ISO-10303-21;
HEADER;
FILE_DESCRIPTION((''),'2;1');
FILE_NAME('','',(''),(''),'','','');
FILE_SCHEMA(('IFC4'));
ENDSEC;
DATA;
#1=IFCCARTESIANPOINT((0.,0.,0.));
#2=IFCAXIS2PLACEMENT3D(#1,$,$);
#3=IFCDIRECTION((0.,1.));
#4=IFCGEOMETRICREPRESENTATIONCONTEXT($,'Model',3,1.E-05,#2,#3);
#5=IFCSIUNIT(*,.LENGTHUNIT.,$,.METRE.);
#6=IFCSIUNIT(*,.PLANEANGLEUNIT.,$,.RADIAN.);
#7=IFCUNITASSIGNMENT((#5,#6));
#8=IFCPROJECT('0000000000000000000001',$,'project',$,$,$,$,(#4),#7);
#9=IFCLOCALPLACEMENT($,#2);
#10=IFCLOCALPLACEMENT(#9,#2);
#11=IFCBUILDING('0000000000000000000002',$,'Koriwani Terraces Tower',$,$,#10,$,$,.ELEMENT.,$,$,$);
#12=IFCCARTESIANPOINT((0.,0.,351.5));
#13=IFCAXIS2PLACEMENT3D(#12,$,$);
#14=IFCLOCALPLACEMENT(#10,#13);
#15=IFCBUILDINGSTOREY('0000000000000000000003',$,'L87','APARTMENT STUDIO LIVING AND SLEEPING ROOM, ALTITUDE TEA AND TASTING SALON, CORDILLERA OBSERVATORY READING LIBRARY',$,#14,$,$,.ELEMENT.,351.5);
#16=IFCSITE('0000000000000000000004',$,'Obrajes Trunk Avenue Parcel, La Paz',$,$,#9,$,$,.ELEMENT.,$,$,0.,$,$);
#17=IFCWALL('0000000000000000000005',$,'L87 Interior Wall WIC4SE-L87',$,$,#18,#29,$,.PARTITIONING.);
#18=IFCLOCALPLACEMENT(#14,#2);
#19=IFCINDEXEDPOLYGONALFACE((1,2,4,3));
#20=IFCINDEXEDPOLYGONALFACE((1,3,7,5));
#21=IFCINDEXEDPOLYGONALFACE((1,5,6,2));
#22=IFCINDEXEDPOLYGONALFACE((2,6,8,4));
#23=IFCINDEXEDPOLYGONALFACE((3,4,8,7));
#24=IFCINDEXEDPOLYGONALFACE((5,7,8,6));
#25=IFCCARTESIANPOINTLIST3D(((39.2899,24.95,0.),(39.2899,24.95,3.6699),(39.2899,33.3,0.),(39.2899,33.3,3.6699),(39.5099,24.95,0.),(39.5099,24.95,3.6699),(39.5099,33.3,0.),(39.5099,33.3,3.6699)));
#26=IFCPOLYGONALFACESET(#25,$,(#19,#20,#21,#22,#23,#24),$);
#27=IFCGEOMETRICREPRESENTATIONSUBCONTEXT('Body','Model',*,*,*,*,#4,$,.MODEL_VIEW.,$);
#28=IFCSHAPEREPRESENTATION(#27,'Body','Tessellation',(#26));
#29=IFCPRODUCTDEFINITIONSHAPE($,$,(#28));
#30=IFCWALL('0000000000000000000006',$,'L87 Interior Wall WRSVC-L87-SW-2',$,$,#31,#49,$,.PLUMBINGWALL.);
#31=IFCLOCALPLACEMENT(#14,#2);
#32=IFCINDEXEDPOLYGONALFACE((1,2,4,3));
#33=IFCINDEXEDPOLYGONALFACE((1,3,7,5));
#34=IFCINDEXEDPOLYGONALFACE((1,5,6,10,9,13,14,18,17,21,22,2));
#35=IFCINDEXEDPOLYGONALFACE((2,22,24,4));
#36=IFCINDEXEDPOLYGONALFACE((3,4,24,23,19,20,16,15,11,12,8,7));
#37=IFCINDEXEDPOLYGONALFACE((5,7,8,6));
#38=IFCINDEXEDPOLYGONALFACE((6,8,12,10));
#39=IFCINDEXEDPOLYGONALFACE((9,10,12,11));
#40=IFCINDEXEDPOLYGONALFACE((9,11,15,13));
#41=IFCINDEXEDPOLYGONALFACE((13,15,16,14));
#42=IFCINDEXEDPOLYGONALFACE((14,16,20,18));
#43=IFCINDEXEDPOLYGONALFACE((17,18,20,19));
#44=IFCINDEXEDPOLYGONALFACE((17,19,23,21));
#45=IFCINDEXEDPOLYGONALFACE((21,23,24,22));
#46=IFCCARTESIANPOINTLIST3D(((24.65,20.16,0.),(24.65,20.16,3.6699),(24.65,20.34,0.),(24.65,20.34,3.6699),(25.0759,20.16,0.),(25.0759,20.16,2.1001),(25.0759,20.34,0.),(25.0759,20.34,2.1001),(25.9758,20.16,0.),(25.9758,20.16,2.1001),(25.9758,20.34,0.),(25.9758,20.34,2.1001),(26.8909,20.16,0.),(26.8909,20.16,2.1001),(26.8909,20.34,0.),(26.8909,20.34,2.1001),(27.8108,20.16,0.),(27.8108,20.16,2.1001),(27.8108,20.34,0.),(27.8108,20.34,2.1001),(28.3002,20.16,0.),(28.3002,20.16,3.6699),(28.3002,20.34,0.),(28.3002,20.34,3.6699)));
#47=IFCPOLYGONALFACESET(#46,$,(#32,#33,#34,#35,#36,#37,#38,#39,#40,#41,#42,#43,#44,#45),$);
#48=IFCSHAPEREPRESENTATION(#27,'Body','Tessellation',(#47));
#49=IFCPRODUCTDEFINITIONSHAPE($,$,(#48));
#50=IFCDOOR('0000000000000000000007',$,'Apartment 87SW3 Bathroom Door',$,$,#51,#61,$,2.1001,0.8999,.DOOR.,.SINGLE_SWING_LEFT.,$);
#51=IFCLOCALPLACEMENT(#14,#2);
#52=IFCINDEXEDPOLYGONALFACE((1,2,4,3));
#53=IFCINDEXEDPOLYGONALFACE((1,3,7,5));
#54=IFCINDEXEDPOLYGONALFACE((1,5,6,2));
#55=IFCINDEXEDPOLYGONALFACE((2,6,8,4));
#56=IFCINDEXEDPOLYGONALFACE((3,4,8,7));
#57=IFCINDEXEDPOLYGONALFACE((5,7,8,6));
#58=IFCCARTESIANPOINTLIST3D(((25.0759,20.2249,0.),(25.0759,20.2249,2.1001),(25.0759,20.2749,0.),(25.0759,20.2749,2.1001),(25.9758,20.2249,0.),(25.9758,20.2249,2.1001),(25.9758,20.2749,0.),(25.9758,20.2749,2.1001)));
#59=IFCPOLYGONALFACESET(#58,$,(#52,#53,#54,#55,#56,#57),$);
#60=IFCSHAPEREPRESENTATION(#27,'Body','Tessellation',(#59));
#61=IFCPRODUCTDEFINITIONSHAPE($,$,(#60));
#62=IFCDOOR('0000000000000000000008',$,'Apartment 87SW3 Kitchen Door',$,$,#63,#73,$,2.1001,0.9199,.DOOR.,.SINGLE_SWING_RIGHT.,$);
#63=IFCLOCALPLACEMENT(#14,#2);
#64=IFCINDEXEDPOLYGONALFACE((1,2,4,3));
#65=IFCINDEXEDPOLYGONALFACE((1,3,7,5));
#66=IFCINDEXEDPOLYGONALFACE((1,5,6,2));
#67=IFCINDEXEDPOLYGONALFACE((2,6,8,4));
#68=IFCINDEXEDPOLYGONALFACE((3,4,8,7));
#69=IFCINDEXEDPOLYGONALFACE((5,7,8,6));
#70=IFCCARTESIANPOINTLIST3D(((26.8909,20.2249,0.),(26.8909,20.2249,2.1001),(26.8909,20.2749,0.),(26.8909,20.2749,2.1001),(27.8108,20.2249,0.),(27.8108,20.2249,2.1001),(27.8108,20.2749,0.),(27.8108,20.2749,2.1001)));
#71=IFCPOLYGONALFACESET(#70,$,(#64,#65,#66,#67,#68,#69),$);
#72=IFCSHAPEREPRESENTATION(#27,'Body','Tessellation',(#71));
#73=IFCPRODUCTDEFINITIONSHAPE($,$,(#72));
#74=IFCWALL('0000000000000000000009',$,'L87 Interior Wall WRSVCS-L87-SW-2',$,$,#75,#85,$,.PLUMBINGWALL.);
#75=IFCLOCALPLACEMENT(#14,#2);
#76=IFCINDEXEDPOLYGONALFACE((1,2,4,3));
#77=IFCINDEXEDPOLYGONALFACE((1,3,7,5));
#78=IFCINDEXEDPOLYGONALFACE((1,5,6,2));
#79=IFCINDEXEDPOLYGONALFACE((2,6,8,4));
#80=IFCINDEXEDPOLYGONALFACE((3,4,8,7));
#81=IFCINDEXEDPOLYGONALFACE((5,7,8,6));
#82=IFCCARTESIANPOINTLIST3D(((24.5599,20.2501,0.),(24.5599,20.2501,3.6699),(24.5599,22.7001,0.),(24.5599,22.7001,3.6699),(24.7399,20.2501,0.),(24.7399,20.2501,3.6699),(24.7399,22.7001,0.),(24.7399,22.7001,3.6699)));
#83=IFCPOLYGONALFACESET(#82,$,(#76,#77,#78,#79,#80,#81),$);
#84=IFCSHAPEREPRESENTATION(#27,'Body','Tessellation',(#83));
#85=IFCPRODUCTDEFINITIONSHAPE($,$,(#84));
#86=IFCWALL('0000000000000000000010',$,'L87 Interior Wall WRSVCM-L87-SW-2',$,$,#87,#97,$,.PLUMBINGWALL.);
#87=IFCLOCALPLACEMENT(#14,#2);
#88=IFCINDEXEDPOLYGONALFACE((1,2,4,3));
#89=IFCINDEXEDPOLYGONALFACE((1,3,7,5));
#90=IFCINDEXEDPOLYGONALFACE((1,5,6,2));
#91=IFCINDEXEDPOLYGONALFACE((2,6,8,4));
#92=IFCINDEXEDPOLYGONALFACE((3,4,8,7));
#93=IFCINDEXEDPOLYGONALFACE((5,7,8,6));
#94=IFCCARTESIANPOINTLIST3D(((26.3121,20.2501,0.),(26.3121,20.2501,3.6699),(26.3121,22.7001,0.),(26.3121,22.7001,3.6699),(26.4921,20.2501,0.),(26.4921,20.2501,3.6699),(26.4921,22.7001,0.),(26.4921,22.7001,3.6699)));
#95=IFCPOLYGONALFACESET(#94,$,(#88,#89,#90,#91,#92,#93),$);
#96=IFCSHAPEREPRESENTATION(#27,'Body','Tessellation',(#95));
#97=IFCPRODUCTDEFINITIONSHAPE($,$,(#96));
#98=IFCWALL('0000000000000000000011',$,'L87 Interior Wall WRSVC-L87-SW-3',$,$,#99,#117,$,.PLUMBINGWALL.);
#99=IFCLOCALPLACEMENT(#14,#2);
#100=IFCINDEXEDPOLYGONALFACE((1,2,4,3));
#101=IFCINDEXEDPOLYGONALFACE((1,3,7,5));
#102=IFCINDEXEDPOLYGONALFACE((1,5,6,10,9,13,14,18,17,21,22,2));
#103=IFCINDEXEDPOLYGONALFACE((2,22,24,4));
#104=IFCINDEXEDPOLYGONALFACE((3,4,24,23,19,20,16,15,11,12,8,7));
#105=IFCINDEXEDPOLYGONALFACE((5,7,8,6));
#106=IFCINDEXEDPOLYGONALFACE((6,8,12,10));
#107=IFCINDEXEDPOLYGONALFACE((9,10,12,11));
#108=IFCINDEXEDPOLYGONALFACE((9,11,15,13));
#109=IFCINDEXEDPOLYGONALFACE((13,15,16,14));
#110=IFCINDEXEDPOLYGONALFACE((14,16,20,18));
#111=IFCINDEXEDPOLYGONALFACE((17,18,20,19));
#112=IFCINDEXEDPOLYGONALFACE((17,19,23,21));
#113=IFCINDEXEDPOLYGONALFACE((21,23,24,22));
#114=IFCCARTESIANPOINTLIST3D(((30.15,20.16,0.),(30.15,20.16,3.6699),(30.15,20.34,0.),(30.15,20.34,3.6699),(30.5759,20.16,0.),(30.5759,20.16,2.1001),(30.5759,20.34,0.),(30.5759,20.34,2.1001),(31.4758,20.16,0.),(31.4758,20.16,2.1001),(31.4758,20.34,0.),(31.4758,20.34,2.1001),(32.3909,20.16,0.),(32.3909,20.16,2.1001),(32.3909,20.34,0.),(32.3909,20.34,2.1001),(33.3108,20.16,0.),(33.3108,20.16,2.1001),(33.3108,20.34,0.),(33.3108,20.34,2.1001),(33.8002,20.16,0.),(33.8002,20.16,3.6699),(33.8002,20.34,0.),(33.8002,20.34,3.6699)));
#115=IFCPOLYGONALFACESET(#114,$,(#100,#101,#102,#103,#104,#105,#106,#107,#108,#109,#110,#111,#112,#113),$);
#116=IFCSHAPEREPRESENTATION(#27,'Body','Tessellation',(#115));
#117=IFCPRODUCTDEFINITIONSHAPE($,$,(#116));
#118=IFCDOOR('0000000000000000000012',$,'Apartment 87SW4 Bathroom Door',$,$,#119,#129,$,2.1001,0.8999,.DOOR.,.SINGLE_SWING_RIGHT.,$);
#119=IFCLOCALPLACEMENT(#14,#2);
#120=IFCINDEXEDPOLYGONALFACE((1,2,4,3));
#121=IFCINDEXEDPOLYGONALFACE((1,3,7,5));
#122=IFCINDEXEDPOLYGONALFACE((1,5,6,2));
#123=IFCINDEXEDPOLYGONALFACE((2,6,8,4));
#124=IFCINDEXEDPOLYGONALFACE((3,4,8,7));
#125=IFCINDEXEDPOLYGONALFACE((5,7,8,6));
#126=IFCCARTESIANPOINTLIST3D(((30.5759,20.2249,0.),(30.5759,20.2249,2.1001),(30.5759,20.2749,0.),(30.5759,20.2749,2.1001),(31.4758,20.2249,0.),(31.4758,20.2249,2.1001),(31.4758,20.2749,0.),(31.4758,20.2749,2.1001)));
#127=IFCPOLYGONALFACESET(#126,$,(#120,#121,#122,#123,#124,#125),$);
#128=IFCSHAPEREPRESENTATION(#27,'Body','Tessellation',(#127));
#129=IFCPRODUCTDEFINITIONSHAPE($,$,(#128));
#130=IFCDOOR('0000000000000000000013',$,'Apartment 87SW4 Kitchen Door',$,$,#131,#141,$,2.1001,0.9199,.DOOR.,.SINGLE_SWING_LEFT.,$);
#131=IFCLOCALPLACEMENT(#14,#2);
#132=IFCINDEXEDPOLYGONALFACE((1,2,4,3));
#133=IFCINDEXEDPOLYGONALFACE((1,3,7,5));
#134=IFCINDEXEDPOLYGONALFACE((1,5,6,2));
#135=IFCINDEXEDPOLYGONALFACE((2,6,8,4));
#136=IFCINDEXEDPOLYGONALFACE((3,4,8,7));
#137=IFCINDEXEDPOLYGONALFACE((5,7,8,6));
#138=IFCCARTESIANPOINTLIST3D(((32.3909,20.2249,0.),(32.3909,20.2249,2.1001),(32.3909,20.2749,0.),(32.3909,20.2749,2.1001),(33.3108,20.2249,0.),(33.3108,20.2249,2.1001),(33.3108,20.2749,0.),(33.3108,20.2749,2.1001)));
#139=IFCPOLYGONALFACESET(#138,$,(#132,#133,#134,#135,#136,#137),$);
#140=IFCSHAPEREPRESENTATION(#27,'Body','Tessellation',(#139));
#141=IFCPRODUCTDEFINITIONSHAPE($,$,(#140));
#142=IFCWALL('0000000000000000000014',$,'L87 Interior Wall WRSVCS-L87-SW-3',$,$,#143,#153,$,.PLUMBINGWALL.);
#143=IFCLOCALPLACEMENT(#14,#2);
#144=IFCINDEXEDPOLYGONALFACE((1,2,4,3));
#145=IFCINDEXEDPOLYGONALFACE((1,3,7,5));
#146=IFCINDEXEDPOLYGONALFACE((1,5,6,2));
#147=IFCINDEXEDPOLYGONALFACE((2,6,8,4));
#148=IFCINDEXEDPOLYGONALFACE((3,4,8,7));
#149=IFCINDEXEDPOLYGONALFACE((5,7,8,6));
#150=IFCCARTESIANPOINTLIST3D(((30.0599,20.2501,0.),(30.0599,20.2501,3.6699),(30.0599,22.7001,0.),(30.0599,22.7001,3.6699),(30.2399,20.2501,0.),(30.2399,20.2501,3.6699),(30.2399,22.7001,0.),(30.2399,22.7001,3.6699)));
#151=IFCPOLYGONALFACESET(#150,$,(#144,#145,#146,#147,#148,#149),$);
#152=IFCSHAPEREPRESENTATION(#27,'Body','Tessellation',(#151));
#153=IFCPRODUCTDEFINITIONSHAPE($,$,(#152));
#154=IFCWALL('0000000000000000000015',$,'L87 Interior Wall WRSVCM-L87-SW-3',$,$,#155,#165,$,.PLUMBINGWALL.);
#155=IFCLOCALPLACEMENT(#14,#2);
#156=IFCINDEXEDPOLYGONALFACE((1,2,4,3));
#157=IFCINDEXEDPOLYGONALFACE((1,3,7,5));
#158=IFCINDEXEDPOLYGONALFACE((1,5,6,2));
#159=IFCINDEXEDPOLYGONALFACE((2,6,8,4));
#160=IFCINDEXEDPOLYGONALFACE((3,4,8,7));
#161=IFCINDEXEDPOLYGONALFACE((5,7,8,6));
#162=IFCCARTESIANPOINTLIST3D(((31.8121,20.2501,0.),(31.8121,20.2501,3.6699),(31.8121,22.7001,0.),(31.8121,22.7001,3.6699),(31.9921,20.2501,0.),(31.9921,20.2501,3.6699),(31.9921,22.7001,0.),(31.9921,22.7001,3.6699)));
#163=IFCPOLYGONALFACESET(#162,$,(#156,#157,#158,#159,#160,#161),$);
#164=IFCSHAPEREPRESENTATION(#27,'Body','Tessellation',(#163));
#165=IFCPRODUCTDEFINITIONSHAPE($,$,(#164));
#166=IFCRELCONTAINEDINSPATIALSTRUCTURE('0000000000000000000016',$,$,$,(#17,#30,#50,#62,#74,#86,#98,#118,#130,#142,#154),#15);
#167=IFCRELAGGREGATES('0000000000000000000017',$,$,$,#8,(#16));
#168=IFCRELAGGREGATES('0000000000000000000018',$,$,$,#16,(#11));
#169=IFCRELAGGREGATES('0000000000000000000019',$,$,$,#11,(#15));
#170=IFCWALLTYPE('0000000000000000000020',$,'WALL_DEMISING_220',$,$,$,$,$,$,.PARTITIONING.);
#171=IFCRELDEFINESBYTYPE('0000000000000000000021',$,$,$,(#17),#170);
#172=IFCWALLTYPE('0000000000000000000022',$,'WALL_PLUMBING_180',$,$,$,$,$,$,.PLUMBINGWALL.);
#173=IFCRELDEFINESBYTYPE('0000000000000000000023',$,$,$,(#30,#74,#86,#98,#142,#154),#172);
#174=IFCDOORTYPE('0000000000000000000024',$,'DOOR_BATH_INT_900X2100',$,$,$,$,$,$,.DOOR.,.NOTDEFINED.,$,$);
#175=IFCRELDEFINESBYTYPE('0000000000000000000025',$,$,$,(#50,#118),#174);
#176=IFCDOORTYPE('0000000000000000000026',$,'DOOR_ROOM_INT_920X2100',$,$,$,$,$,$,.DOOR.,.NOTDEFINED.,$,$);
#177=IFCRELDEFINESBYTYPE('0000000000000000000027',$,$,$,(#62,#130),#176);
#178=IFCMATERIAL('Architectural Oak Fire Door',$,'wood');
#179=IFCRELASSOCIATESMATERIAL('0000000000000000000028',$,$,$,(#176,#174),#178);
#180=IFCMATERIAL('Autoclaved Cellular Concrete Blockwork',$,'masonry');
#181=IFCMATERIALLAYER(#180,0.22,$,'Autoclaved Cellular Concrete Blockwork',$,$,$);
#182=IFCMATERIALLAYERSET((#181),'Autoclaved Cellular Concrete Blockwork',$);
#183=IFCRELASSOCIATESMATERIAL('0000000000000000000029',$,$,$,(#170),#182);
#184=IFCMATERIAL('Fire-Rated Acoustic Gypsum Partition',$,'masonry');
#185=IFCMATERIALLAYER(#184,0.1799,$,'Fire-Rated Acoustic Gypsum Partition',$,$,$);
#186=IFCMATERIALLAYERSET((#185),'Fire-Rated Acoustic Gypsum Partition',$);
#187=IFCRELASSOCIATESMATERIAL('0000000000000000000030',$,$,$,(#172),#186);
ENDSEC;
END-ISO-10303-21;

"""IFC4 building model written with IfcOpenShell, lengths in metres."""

from ifc_helpers import new_model, si_unit, direction, frame, frame_2d, origin, place, context, subcontext, project, spatial, rectangle, extrude, material, layer, layer_set, type_object, element, fill, save


model = new_model("IFC4")

# Units and contexts
model_context = context("Model", 3, precision=1e-05, world=origin(), true_north=direction((0.0, 1.0)))
body_context = subcontext(model_context, "Body", "Model", "MODEL_VIEW")
ifc_project = project(units=[si_unit("LENGTHUNIT", "METRE"), si_unit("PLANEANGLEUNIT", "RADIAN")], contexts=[model_context])

# Site, building, storey
site_placement = place(None, origin())
site = spatial("IfcSite", under=ifc_project, at=site_placement, Name="Obrajes Trunk Avenue Parcel, La Paz", CompositionType="ELEMENT", RefElevation=0.0)
building_placement = place(site_placement, origin())
building = spatial("IfcBuilding", under=site, at=building_placement, Name="Koriwani Terraces Tower", CompositionType="ELEMENT")
storey_placement = place(building_placement, frame((0.0, 0.0, 351.5)))
storey = spatial("IfcBuildingStorey", under=building, at=storey_placement, Name="L87", Description="APARTMENT STUDIO LIVING AND SLEEPING ROOM, ALTITUDE TEA AND TASTING SALON, CORDILLERA OBSERVATORY READING LIBRARY", CompositionType="ELEMENT", Elevation=351.5)

# Shared definitions
ifc_material_1 = material(Name="Autoclaved Cellular Concrete Blockwork", Category="masonry")
ifc_material_2 = material(Name="Architectural Oak Fire Door", Category="wood")
door_type_1 = type_object("IfcDoorType", Name="DOOR_ROOM_INT_920X2100", OperationType="NOTDEFINED", PredefinedType="DOOR", material=ifc_material_2)

# Wall
ifc_layer_1 = layer(ifc_material_1, 0.22, Name="Autoclaved Cellular Concrete Blockwork")
ifc_layer_set_1 = layer_set([ifc_layer_1], Name="Autoclaved Cellular Concrete Blockwork")
wall_type_1 = type_object("IfcWallType", Name="WALL_DEMISING_220", PredefinedType="PARTITIONING", material=ifc_layer_set_1)
for number, where, z_axis, x_axis, name in (
    (1, (39.3999, 24.95, 0.0), (0.0, 0.0, 1.0), (0.0, 1.0, 0.0), "L87 Interior Wall WIC4SE-L87"),
):
    element("IfcWall", number, at=place(storey_placement, frame(where, z_axis=z_axis, x_axis=x_axis)), inside=storey, type_object=wall_type_1, Name=name, PredefinedType="PARTITIONING", context=body_context, shape_type="SweptSolid", body=[
        extrude(rectangle(XDim=8.3501, YDim=0.22, at=frame_2d((4.175, 0.0))), origin(), (0.0, 0.0, 1.0), 3.6699),
    ])

# Wall, openings, doors
ifc_material_3 = material(Name="Fire-Rated Acoustic Gypsum Partition", Category="masonry")
ifc_layer_2 = layer(ifc_material_3, 0.1799, Name="Fire-Rated Acoustic Gypsum Partition")
ifc_layer_set_2 = layer_set([ifc_layer_2], Name="Fire-Rated Acoustic Gypsum Partition")
wall_type_2 = type_object("IfcWallType", Name="WALL_PLUMBING_180", PredefinedType="PLUMBINGWALL", material=ifc_layer_set_2)
wall_1_placement = place(storey_placement, frame((24.6499, 20.25, 0.0), z_axis=(0.0, 0.0, 1.0), x_axis=(1.0, 0.0, 0.0)))
wall_1 = element("IfcWall", 2, at=wall_1_placement, inside=storey, type_object=wall_type_2, Name="L87 Interior Wall WRSVC-L87-SW-2", PredefinedType="PLUMBINGWALL", context=body_context, shape_type="SweptSolid", body=[
    extrude(rectangle(XDim=3.6501, YDim=0.1799, at=frame_2d((1.8252, 0.0))), origin(), (0.0, 0.0, 1.0), 3.6699),
])
opening_1_placement = place(wall_1_placement, frame((0.426, 0.0, 0.0)))
opening_1 = element("IfcOpeningElement", 3, at=opening_1_placement, cuts=wall_1, PredefinedType="OPENING", context=body_context, shape_type="SweptSolid", body=[
    extrude(rectangle(XDim=0.8999, YDim=2.1001, at=frame_2d((0.45, 1.05))), frame((0.0, 0.1001, 0.0), z_axis=(0.0, -1.0, 0.0), x_axis=(1.0, 0.0, 0.0)), (0.0, 0.0, 1.0), 0.2),
])
opening_2_placement = place(wall_1_placement, frame((2.241, 0.0, 0.0)))
opening_2 = element("IfcOpeningElement", 4, at=opening_2_placement, cuts=wall_1, PredefinedType="OPENING", context=body_context, shape_type="SweptSolid", body=[
    extrude(rectangle(XDim=0.9199, YDim=2.1001, at=frame_2d((0.46, 1.05))), frame((0.0, 0.1001, 0.0), z_axis=(0.0, -1.0, 0.0), x_axis=(1.0, 0.0, 0.0)), (0.0, 0.0, 1.0), 0.2),
])
door_type_2 = type_object("IfcDoorType", Name="DOOR_BATH_INT_900X2100", OperationType="NOTDEFINED", PredefinedType="DOOR", material=ifc_material_2)
door_1_placement = place(opening_1_placement, origin())
door_1 = element("IfcDoor", 5, at=door_1_placement, inside=storey, type_object=door_type_2, Name="Apartment 87SW3 Bathroom Door", OperationType="SINGLE_SWING_LEFT", OverallHeight=2.1001, OverallWidth=0.8999, PredefinedType="DOOR", context=body_context, shape_type="SweptSolid", body=[
    extrude(rectangle(XDim=0.8999, YDim=2.1001, at=frame_2d((0.45, 1.05))), frame((0.0, 0.0249, 0.0), z_axis=(0.0, -1.0, 0.0), x_axis=(1.0, 0.0, 0.0)), (0.0, 0.0, 1.0), 0.05),
])
fill(opening_1, door_1)
door_2_placement = place(opening_2_placement, origin())
door_2 = element("IfcDoor", 6, at=door_2_placement, inside=storey, type_object=door_type_1, Name="Apartment 87SW3 Kitchen Door", OperationType="SINGLE_SWING_RIGHT", OverallHeight=2.1001, OverallWidth=0.9199, PredefinedType="DOOR", context=body_context, shape_type="SweptSolid", body=[
    extrude(rectangle(XDim=0.9199, YDim=2.1001, at=frame_2d((0.46, 1.05))), frame((0.0, 0.0249, 0.0), z_axis=(0.0, -1.0, 0.0), x_axis=(1.0, 0.0, 0.0)), (0.0, 0.0, 1.0), 0.05),
])
fill(opening_2, door_2)

# Walls
for number, where, z_axis, x_axis, name in (
    (7, (24.6499, 20.25, 0.0), (0.0, 0.0, 1.0), (0.0, 1.0, 0.0), "L87 Interior Wall WRSVCS-L87-SW-2"),
    (8, (26.4021, 20.25, 0.0), (0.0, 0.0, 1.0), (0.0, 1.0, 0.0), "L87 Interior Wall WRSVCM-L87-SW-2"),
):
    element("IfcWall", number, at=place(storey_placement, frame(where, z_axis=z_axis, x_axis=x_axis)), inside=storey, type_object=wall_type_2, Name=name, PredefinedType="PLUMBINGWALL", context=body_context, shape_type="SweptSolid", body=[
        extrude(rectangle(XDim=2.45, YDim=0.1799, at=frame_2d((1.2251, 0.0))), origin(), (0.0, 0.0, 1.0), 3.6699),
    ])

# Wall, openings, doors
wall_2_placement = place(storey_placement, frame((30.1499, 20.25, 0.0), z_axis=(0.0, 0.0, 1.0), x_axis=(1.0, 0.0, 0.0)))
wall_2 = element("IfcWall", 9, at=wall_2_placement, inside=storey, type_object=wall_type_2, Name="L87 Interior Wall WRSVC-L87-SW-3", PredefinedType="PLUMBINGWALL", context=body_context, shape_type="SweptSolid", body=[
    extrude(rectangle(XDim=3.6501, YDim=0.1799, at=frame_2d((1.8252, 0.0))), origin(), (0.0, 0.0, 1.0), 3.6699),
])
opening_3_placement = place(wall_2_placement, frame((0.426, 0.0, 0.0)))
opening_3 = element("IfcOpeningElement", 10, at=opening_3_placement, cuts=wall_2, PredefinedType="OPENING", context=body_context, shape_type="SweptSolid", body=[
    extrude(rectangle(XDim=0.8999, YDim=2.1001, at=frame_2d((0.45, 1.05))), frame((0.0, 0.1001, 0.0), z_axis=(0.0, -1.0, 0.0), x_axis=(1.0, 0.0, 0.0)), (0.0, 0.0, 1.0), 0.2),
])
opening_4_placement = place(wall_2_placement, frame((2.241, 0.0, 0.0)))
opening_4 = element("IfcOpeningElement", 11, at=opening_4_placement, cuts=wall_2, PredefinedType="OPENING", context=body_context, shape_type="SweptSolid", body=[
    extrude(rectangle(XDim=0.9199, YDim=2.1001, at=frame_2d((0.46, 1.05))), frame((0.0, 0.1001, 0.0), z_axis=(0.0, -1.0, 0.0), x_axis=(1.0, 0.0, 0.0)), (0.0, 0.0, 1.0), 0.2),
])
door_3_placement = place(opening_3_placement, origin())
door_3 = element("IfcDoor", 12, at=door_3_placement, inside=storey, type_object=door_type_2, Name="Apartment 87SW4 Bathroom Door", OperationType="SINGLE_SWING_RIGHT", OverallHeight=2.1001, OverallWidth=0.8999, PredefinedType="DOOR", context=body_context, shape_type="SweptSolid", body=[
    extrude(rectangle(XDim=0.8999, YDim=2.1001, at=frame_2d((0.45, 1.05))), frame((0.0, 0.0249, 0.0), z_axis=(0.0, -1.0, 0.0), x_axis=(1.0, 0.0, 0.0)), (0.0, 0.0, 1.0), 0.05),
])
fill(opening_3, door_3)
door_4_placement = place(opening_4_placement, origin())
door_4 = element("IfcDoor", 13, at=door_4_placement, inside=storey, type_object=door_type_1, Name="Apartment 87SW4 Kitchen Door", OperationType="SINGLE_SWING_LEFT", OverallHeight=2.1001, OverallWidth=0.9199, PredefinedType="DOOR", context=body_context, shape_type="SweptSolid", body=[
    extrude(rectangle(XDim=0.9199, YDim=2.1001, at=frame_2d((0.46, 1.05))), frame((0.0, 0.0249, 0.0), z_axis=(0.0, -1.0, 0.0), x_axis=(1.0, 0.0, 0.0)), (0.0, 0.0, 1.0), 0.05),
])
fill(opening_4, door_4)

# Walls
for number, where, z_axis, x_axis, name in (
    (14, (30.1499, 20.25, 0.0), (0.0, 0.0, 1.0), (0.0, 1.0, 0.0), "L87 Interior Wall WRSVCS-L87-SW-3"),
    (15, (31.9021, 20.25, 0.0), (0.0, 0.0, 1.0), (0.0, 1.0, 0.0), "L87 Interior Wall WRSVCM-L87-SW-3"),
):
    element("IfcWall", number, at=place(storey_placement, frame(where, z_axis=z_axis, x_axis=x_axis)), inside=storey, type_object=wall_type_2, Name=name, PredefinedType="PLUMBINGWALL", context=body_context, shape_type="SweptSolid", body=[
        extrude(rectangle(XDim=2.45, YDim=0.1799, at=frame_2d((1.2251, 0.0))), origin(), (0.0, 0.0, 1.0), 3.6699),
    ])

save(model, "model.ifc")
